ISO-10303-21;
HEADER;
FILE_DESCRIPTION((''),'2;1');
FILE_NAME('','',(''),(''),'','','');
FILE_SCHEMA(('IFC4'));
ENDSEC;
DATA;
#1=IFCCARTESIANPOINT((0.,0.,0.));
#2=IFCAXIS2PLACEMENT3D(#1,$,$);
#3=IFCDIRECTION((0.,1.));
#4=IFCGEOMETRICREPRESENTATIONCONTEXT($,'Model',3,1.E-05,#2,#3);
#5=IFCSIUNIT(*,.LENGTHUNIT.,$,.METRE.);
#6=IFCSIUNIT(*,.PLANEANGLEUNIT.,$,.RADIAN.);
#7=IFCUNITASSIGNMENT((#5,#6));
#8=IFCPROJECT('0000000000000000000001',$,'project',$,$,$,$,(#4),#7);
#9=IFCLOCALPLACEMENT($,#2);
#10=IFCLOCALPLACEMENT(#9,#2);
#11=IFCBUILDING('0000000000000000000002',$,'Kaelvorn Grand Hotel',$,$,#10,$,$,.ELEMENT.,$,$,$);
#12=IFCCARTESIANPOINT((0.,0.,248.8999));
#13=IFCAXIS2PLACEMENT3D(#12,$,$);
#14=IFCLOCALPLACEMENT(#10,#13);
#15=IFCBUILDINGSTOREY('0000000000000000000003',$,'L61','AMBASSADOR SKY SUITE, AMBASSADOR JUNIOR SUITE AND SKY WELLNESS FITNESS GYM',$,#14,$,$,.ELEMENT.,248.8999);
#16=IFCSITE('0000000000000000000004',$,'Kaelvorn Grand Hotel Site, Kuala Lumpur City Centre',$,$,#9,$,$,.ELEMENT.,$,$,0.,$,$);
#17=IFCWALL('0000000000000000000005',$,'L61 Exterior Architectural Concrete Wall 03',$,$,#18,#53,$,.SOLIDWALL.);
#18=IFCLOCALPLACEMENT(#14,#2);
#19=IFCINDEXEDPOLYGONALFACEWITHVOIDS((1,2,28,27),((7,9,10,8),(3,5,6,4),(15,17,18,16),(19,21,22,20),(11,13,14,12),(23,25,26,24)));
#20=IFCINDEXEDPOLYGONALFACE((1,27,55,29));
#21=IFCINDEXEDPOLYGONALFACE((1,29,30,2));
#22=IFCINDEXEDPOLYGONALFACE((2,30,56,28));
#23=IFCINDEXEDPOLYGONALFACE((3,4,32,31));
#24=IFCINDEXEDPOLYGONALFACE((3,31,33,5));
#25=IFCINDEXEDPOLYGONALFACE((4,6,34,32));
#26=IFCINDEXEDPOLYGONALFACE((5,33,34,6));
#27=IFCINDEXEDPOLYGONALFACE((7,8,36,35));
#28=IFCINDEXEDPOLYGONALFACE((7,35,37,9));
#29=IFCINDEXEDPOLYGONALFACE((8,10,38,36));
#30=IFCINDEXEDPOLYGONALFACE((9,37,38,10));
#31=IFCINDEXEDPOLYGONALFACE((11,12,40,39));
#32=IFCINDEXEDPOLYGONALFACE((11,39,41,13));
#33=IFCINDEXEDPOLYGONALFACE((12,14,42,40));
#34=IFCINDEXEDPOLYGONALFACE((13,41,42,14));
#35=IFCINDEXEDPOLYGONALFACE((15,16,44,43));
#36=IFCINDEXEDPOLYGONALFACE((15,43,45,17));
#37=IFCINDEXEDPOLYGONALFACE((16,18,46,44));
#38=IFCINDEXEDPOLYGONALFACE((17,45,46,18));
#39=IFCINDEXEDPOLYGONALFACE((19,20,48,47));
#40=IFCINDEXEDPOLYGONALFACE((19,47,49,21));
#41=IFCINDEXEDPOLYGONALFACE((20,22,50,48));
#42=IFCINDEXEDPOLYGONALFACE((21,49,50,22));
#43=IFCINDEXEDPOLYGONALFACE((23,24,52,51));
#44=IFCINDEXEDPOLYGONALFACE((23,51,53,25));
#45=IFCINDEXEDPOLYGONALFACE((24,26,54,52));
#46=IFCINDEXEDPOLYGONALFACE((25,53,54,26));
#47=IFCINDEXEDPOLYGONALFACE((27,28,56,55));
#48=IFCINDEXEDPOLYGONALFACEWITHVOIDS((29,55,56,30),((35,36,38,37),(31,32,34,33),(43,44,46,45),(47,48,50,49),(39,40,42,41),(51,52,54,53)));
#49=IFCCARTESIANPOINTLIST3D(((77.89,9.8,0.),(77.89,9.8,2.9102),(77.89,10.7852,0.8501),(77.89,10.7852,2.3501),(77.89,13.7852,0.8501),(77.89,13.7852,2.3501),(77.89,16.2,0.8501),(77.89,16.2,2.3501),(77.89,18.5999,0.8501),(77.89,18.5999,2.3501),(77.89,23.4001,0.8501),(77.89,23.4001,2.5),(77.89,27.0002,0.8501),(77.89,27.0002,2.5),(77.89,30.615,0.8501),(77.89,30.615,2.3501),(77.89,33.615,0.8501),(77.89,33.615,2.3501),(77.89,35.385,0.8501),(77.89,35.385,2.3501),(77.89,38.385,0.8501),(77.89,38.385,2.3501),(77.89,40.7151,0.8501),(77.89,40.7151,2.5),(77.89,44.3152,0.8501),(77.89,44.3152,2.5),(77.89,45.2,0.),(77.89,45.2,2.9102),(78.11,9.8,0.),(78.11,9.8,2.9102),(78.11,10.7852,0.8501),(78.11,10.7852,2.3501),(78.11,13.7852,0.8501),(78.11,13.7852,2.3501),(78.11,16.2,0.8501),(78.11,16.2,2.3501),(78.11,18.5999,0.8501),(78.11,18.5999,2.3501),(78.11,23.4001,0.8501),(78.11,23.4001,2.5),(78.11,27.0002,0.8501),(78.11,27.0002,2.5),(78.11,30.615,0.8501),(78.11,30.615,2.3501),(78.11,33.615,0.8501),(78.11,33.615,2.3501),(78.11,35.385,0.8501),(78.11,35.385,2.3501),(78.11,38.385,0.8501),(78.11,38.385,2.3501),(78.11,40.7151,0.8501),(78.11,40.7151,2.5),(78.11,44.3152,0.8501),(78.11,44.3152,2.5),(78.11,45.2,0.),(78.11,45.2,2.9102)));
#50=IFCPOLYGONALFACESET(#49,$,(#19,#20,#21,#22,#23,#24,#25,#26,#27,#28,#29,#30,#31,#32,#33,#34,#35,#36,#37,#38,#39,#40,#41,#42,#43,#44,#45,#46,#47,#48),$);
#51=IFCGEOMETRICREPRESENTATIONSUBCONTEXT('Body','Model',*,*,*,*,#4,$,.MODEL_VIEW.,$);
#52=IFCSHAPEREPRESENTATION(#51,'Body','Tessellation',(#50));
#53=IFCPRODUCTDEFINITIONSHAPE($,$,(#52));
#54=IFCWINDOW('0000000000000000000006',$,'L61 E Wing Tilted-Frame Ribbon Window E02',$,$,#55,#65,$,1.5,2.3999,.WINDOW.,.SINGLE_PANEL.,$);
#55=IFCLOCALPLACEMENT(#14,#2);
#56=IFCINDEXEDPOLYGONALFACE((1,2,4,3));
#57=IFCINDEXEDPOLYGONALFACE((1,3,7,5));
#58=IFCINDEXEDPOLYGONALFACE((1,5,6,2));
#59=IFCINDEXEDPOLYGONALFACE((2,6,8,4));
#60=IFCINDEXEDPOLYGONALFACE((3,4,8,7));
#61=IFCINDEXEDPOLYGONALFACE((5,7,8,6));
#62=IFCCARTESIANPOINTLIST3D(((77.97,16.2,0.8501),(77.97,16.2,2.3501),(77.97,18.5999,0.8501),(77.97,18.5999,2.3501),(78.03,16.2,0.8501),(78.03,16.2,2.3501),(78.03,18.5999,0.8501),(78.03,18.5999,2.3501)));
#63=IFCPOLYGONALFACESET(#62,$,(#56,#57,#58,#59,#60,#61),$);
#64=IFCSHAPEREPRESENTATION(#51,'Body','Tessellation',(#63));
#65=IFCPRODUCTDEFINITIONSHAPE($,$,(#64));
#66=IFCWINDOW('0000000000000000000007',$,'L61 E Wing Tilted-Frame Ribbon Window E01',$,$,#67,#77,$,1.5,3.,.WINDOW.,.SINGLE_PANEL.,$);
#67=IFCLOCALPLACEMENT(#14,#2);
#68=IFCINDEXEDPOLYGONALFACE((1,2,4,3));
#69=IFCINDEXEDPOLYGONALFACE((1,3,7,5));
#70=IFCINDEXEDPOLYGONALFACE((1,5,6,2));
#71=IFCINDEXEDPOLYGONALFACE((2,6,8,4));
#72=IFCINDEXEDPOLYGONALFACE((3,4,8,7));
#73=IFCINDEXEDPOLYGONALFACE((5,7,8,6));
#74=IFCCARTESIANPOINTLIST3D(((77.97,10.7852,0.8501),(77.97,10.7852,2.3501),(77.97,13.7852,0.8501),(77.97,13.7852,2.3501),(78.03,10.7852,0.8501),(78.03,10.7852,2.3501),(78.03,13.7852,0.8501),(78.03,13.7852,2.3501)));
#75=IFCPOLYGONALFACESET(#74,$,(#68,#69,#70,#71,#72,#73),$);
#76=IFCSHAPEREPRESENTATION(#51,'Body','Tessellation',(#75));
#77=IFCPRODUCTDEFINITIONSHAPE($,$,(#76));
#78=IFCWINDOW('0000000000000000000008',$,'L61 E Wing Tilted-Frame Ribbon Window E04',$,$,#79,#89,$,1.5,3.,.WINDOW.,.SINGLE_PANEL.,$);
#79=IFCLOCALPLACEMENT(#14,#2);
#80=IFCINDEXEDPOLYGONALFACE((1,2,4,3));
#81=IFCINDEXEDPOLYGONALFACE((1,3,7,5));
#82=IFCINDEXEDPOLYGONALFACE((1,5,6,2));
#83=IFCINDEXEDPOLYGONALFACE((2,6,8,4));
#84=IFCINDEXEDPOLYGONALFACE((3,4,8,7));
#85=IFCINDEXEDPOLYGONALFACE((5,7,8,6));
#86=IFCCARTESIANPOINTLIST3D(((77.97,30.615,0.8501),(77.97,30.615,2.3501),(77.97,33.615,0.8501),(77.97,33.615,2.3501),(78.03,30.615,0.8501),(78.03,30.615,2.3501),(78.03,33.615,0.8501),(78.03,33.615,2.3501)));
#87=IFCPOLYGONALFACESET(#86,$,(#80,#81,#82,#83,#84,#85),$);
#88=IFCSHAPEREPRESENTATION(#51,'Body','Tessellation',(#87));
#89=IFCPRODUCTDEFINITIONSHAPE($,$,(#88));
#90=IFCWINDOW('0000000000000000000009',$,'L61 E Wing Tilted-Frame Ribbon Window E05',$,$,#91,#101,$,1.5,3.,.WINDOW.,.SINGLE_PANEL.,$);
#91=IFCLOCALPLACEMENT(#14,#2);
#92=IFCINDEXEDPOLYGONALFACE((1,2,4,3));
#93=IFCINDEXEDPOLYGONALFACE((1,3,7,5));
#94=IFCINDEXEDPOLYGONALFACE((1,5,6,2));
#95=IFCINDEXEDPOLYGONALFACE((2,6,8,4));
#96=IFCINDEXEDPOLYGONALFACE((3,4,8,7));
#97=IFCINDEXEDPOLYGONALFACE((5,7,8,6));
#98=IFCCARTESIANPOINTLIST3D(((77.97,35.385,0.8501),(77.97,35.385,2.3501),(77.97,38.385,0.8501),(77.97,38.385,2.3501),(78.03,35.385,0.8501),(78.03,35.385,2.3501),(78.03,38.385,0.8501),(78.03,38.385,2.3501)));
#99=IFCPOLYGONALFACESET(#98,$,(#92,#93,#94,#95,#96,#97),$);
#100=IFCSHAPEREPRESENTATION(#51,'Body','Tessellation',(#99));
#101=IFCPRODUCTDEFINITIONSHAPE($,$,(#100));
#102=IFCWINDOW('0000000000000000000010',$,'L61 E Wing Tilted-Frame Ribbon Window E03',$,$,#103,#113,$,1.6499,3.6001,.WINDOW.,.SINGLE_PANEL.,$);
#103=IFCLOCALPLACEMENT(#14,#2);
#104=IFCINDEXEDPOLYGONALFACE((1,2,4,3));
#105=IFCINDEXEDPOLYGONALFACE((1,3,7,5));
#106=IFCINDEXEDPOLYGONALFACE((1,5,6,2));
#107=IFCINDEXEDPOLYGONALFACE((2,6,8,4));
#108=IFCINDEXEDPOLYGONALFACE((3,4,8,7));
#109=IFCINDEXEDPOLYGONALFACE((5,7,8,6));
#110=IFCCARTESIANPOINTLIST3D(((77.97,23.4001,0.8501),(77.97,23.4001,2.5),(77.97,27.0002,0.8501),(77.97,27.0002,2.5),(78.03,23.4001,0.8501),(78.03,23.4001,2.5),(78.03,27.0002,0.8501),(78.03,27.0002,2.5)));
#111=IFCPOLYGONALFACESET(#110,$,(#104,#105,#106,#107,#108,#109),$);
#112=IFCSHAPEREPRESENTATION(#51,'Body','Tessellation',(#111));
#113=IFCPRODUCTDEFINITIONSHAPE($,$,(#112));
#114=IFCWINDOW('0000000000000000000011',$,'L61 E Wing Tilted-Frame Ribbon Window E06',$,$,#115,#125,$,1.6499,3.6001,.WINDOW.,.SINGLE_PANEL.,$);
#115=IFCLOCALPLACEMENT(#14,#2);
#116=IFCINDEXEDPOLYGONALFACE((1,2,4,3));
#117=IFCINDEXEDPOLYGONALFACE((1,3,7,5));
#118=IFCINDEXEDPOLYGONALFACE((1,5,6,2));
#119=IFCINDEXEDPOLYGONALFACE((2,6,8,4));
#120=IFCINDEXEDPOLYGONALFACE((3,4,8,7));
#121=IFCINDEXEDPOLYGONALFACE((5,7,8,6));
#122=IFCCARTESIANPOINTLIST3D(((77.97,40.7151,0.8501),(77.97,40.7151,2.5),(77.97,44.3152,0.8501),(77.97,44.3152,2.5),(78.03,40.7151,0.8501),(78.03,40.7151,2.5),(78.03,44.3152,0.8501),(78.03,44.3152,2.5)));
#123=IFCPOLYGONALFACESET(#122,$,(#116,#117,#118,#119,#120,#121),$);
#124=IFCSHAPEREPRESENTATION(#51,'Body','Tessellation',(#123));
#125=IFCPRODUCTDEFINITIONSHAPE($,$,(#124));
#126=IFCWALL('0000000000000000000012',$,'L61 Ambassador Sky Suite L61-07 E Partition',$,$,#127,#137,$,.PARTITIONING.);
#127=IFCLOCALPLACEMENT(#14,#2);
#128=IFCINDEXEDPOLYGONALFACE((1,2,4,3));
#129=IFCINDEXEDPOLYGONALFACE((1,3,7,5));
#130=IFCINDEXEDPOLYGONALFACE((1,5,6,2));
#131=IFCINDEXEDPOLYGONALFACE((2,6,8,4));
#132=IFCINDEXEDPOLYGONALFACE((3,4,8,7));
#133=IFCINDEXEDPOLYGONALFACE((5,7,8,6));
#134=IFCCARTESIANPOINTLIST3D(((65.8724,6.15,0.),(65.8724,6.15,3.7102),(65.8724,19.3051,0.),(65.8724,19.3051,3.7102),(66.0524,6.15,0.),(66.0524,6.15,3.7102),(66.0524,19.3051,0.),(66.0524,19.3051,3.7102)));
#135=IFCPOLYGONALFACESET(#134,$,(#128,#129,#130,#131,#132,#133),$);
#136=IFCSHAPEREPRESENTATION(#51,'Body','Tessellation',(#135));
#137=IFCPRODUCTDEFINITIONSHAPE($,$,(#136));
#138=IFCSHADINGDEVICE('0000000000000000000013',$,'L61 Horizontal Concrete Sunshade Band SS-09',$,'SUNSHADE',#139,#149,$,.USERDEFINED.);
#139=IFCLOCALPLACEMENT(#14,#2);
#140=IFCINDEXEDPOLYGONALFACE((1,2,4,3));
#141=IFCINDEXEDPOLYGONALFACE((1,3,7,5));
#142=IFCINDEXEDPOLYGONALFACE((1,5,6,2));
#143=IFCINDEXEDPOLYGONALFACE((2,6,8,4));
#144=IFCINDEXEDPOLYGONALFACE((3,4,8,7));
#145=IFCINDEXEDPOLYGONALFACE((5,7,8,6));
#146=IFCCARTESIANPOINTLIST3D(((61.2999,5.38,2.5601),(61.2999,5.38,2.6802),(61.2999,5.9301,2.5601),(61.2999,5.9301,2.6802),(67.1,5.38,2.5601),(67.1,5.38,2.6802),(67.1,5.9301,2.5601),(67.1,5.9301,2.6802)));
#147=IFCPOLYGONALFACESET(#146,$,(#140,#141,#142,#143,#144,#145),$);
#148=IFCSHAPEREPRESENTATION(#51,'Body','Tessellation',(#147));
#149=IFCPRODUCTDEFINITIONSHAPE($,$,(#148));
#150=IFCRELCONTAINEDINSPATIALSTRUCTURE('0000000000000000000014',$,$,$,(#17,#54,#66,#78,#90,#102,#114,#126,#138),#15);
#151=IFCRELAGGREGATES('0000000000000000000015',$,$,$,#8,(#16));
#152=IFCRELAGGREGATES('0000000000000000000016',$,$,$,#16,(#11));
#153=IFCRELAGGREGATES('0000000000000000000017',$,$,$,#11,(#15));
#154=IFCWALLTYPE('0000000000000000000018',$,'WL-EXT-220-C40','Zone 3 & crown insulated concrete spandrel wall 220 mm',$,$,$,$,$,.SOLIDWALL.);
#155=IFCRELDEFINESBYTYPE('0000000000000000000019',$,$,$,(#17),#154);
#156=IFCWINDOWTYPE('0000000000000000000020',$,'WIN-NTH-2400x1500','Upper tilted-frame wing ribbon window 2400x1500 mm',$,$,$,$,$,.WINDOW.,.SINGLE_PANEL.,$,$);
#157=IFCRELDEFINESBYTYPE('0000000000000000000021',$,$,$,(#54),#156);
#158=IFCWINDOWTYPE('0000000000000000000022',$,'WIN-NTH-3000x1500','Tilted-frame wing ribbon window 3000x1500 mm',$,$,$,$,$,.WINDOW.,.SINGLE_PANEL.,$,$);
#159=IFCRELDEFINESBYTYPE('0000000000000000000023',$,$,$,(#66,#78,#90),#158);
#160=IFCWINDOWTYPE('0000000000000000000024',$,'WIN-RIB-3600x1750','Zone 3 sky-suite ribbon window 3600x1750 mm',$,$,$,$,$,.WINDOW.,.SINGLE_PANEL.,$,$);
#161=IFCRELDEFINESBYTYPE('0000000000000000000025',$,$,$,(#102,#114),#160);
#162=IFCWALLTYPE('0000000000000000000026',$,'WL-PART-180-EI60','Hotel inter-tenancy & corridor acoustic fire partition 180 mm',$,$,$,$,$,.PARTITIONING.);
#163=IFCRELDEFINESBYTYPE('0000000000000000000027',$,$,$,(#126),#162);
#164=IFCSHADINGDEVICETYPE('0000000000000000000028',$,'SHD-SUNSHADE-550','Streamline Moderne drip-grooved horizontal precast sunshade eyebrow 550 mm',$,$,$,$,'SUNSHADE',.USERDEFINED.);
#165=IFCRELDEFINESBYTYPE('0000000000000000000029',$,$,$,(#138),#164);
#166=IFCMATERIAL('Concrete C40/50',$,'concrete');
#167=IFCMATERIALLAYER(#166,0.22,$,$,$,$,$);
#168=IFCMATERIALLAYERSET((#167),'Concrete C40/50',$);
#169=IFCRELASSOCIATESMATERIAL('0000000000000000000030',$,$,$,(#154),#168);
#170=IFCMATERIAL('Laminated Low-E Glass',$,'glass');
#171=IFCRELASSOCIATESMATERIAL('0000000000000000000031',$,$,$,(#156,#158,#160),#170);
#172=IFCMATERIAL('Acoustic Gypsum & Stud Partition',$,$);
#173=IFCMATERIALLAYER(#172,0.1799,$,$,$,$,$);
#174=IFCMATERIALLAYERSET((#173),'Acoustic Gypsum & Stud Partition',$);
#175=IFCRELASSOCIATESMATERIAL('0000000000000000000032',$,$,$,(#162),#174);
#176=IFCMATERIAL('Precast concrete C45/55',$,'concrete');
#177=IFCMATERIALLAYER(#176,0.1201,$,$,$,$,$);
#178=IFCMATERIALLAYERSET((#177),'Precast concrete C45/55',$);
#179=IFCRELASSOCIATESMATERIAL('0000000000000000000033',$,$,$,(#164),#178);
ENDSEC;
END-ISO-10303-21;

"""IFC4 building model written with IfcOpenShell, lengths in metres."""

from ifc_helpers import new_model, si_unit, direction, frame, frame_2d, origin, origin_2d, place, context, subcontext, project, spatial, rectangle, extrude, material, layer, layer_set, type_object, element, fill, save


model = new_model("IFC4")

# Units and contexts
model_context = context("Model", 3, precision=1e-05, world=origin(), true_north=direction((0.0, 1.0)))
body_context = subcontext(model_context, "Body", "Model", "MODEL_VIEW")
ifc_project = project(units=[si_unit("LENGTHUNIT", "METRE"), si_unit("PLANEANGLEUNIT", "RADIAN")], contexts=[model_context])

# Site, building, storey
site_placement = place(None, origin())
site = spatial("IfcSite", under=ifc_project, at=site_placement, Name="Kaelvorn Grand Hotel Site, Kuala Lumpur City Centre", CompositionType="ELEMENT", RefElevation=0.0)
building_placement = place(site_placement, origin())
building = spatial("IfcBuilding", under=site, at=building_placement, Name="Kaelvorn Grand Hotel", CompositionType="ELEMENT")
storey_placement = place(building_placement, frame((0.0, 0.0, 248.8999)))
storey = spatial("IfcBuildingStorey", under=building, at=storey_placement, Name="L61", Description="AMBASSADOR SKY SUITE, AMBASSADOR JUNIOR SUITE AND SKY WELLNESS FITNESS GYM", CompositionType="ELEMENT", Elevation=248.8999)

# Shared definitions
ifc_material_1 = material(Name="Precast concrete C45/55", Category="concrete")

# Shared definitions
ifc_material_2 = material(Name="Concrete C40/50", Category="concrete")
ifc_layer_1 = layer(ifc_material_2, 0.22)
ifc_layer_set_1 = layer_set([ifc_layer_1], Name="Concrete C40/50")
wall_type_1 = type_object("IfcWallType", Name="WL-EXT-220-C40", Description="Zone 3 & crown insulated concrete spandrel wall 220 mm", PredefinedType="SOLIDWALL", material=ifc_layer_set_1)
ifc_material_3 = material(Name="Laminated Low-E Glass", Category="glass")

# Wall, openings, windows
wall_1_placement = place(storey_placement, frame((78.0, 9.8, 0.0), z_axis=(0.0, 0.0, 1.0), x_axis=(0.0, 1.0, 0.0)))
wall_1 = element("IfcWall", 1, at=wall_1_placement, inside=storey, type_object=wall_type_1, Name="L61 Exterior Architectural Concrete Wall 03", PredefinedType="SOLIDWALL", context=body_context, shape_type="SweptSolid", body=[
    extrude(rectangle(XDim=35.3999, YDim=0.22, at=frame_2d((17.7, 0.0))), origin(), (0.0, 0.0, 1.0), 2.9102),
])
opening_1_placement = place(wall_1_placement, frame((0.9851, 0.0, 0.8501)))
opening_1 = element("IfcOpeningElement", 2, at=opening_1_placement, cuts=wall_1, PredefinedType="OPENING", context=body_context, shape_type="SweptSolid", body=[
    extrude(rectangle(XDim=3.0, YDim=1.5, at=frame_2d((1.5, 0.75))), frame((0.0, 0.1201, 0.0), z_axis=(0.0, -1.0, 0.0), x_axis=(1.0, 0.0, 0.0)), (0.0, 0.0, 1.0), 0.24),
])
opening_2_placement = place(wall_1_placement, frame((6.3999, 0.0, 0.8501)))
opening_2 = element("IfcOpeningElement", 3, at=opening_2_placement, cuts=wall_1, PredefinedType="OPENING", context=body_context, shape_type="SweptSolid", body=[
    extrude(rectangle(XDim=2.3999, YDim=1.5, at=frame_2d((1.2, 0.75))), frame((0.0, 0.1201, 0.0), z_axis=(0.0, -1.0, 0.0), x_axis=(1.0, 0.0, 0.0)), (0.0, 0.0, 1.0), 0.24),
])
opening_3_placement = place(wall_1_placement, frame((13.6001, 0.0, 0.8501)))
opening_3 = element("IfcOpeningElement", 4, at=opening_3_placement, cuts=wall_1, PredefinedType="OPENING", context=body_context, shape_type="SweptSolid", body=[
    extrude(rectangle(XDim=3.6001, YDim=1.6499, at=frame_2d((1.8, 0.825))), frame((0.0, 0.1201, 0.0), z_axis=(0.0, -1.0, 0.0), x_axis=(1.0, 0.0, 0.0)), (0.0, 0.0, 1.0), 0.24),
])
opening_4_placement = place(wall_1_placement, frame((20.8149, 0.0, 0.8501)))
opening_4 = element("IfcOpeningElement", 5, at=opening_4_placement, cuts=wall_1, PredefinedType="OPENING", context=body_context, shape_type="SweptSolid", body=[
    extrude(rectangle(XDim=3.0, YDim=1.5, at=frame_2d((1.5, 0.75))), frame((0.0, 0.1201, 0.0), z_axis=(0.0, -1.0, 0.0), x_axis=(1.0, 0.0, 0.0)), (0.0, 0.0, 1.0), 0.24),
])
opening_5_placement = place(wall_1_placement, frame((25.585, 0.0, 0.8501)))
opening_5 = element("IfcOpeningElement", 6, at=opening_5_placement, cuts=wall_1, PredefinedType="OPENING", context=body_context, shape_type="SweptSolid", body=[
    extrude(rectangle(XDim=3.0, YDim=1.5, at=frame_2d((1.5, 0.75))), frame((0.0, 0.1201, 0.0), z_axis=(0.0, -1.0, 0.0), x_axis=(1.0, 0.0, 0.0)), (0.0, 0.0, 1.0), 0.24),
])
opening_6_placement = place(wall_1_placement, frame((30.915, 0.0, 0.8501)))
opening_6 = element("IfcOpeningElement", 7, at=opening_6_placement, cuts=wall_1, PredefinedType="OPENING", context=body_context, shape_type="SweptSolid", body=[
    extrude(rectangle(XDim=3.6001, YDim=1.6499, at=frame_2d((1.8, 0.825))), frame((0.0, 0.1201, 0.0), z_axis=(0.0, -1.0, 0.0), x_axis=(1.0, 0.0, 0.0)), (0.0, 0.0, 1.0), 0.24),
])
window_type_1 = type_object("IfcWindowType", Name="WIN-NTH-2400x1500", Description="Upper tilted-frame wing ribbon window 2400x1500 mm", PartitioningType="SINGLE_PANEL", PredefinedType="WINDOW", material=ifc_material_3)
window_1_placement = place(opening_2_placement, origin())
window_1 = element("IfcWindow", 8, at=window_1_placement, inside=storey, type_object=window_type_1, Name="L61 E Wing Tilted-Frame Ribbon Window E02", OverallHeight=1.5, OverallWidth=2.3999, PartitioningType="SINGLE_PANEL", PredefinedType="WINDOW", context=body_context, shape_type="SweptSolid", body=[
    extrude(rectangle(XDim=2.3999, YDim=1.5, at=frame_2d((1.2, 0.75))), frame((0.0, 0.03, 0.0), z_axis=(0.0, -1.0, 0.0), x_axis=(1.0, 0.0, 0.0)), (0.0, 0.0, 1.0), 0.0601),
])
fill(opening_2, window_1)
window_type_2 = type_object("IfcWindowType", Name="WIN-NTH-3000x1500", Description="Tilted-frame wing ribbon window 3000x1500 mm", PartitioningType="SINGLE_PANEL", PredefinedType="WINDOW", material=ifc_material_3)
window_2_placement = place(opening_1_placement, origin())
window_2 = element("IfcWindow", 9, at=window_2_placement, inside=storey, type_object=window_type_2, Name="L61 E Wing Tilted-Frame Ribbon Window E01", OverallHeight=1.5, OverallWidth=3.0, PartitioningType="SINGLE_PANEL", PredefinedType="WINDOW", context=body_context, shape_type="SweptSolid", body=[
    extrude(rectangle(XDim=3.0, YDim=1.5, at=frame_2d((1.5, 0.75))), frame((0.0, 0.03, 0.0), z_axis=(0.0, -1.0, 0.0), x_axis=(1.0, 0.0, 0.0)), (0.0, 0.0, 1.0), 0.0601),
])
fill(opening_1, window_2)
window_3_placement = place(opening_4_placement, origin())
window_3 = element("IfcWindow", 10, at=window_3_placement, inside=storey, type_object=window_type_2, Name="L61 E Wing Tilted-Frame Ribbon Window E04", OverallHeight=1.5, OverallWidth=3.0, PartitioningType="SINGLE_PANEL", PredefinedType="WINDOW", context=body_context, shape_type="SweptSolid", body=[
    extrude(rectangle(XDim=3.0, YDim=1.5, at=frame_2d((1.5, 0.75))), frame((0.0, 0.03, 0.0), z_axis=(0.0, -1.0, 0.0), x_axis=(1.0, 0.0, 0.0)), (0.0, 0.0, 1.0), 0.0601),
])
fill(opening_4, window_3)
window_4_placement = place(opening_5_placement, origin())
window_4 = element("IfcWindow", 11, at=window_4_placement, inside=storey, type_object=window_type_2, Name="L61 E Wing Tilted-Frame Ribbon Window E05", OverallHeight=1.5, OverallWidth=3.0, PartitioningType="SINGLE_PANEL", PredefinedType="WINDOW", context=body_context, shape_type="SweptSolid", body=[
    extrude(rectangle(XDim=3.0, YDim=1.5, at=frame_2d((1.5, 0.75))), frame((0.0, 0.03, 0.0), z_axis=(0.0, -1.0, 0.0), x_axis=(1.0, 0.0, 0.0)), (0.0, 0.0, 1.0), 0.0601),
])
fill(opening_5, window_4)
window_type_3 = type_object("IfcWindowType", Name="WIN-RIB-3600x1750", Description="Zone 3 sky-suite ribbon window 3600x1750 mm", PartitioningType="SINGLE_PANEL", PredefinedType="WINDOW", material=ifc_material_3)
window_5_placement = place(opening_3_placement, origin())
window_5 = element("IfcWindow", 12, at=window_5_placement, inside=storey, type_object=window_type_3, Name="L61 E Wing Tilted-Frame Ribbon Window E03", OverallHeight=1.6499, OverallWidth=3.6001, PartitioningType="SINGLE_PANEL", PredefinedType="WINDOW", context=body_context, shape_type="SweptSolid", body=[
    extrude(rectangle(XDim=3.6001, YDim=1.6499, at=frame_2d((1.8, 0.825))), frame((0.0, 0.03, 0.0), z_axis=(0.0, -1.0, 0.0), x_axis=(1.0, 0.0, 0.0)), (0.0, 0.0, 1.0), 0.0601),
])
fill(opening_3, window_5)
window_6_placement = place(opening_6_placement, origin())
window_6 = element("IfcWindow", 13, at=window_6_placement, inside=storey, type_object=window_type_3, Name="L61 E Wing Tilted-Frame Ribbon Window E06", OverallHeight=1.6499, OverallWidth=3.6001, PartitioningType="SINGLE_PANEL", PredefinedType="WINDOW", context=body_context, shape_type="SweptSolid", body=[
    extrude(rectangle(XDim=3.6001, YDim=1.6499, at=frame_2d((1.8, 0.825))), frame((0.0, 0.03, 0.0), z_axis=(0.0, -1.0, 0.0), x_axis=(1.0, 0.0, 0.0)), (0.0, 0.0, 1.0), 0.0601),
])
fill(opening_6, window_6)

# Wall
ifc_material_4 = material(Name="Acoustic Gypsum & Stud Partition")
ifc_layer_2 = layer(ifc_material_4, 0.1799)
ifc_layer_set_2 = layer_set([ifc_layer_2], Name="Acoustic Gypsum & Stud Partition")
wall_type_2 = type_object("IfcWallType", Name="WL-PART-180-EI60", Description="Hotel inter-tenancy & corridor acoustic fire partition 180 mm", PredefinedType="PARTITIONING", material=ifc_layer_set_2)
wall_2_placement = place(storey_placement, frame((65.9624, 6.1499, 0.0), z_axis=(0.0, 0.0, 1.0), x_axis=(0.0, 1.0, 0.0)))
element("IfcWall", 14, at=wall_2_placement, inside=storey, type_object=wall_type_2, Name="L61 Ambassador Sky Suite L61-07 E Partition", PredefinedType="PARTITIONING", context=body_context, shape_type="SweptSolid", body=[
    extrude(rectangle(XDim=13.155, YDim=0.1799, at=frame_2d((6.5776, 0.0))), origin(), (0.0, 0.0, 1.0), 3.7102),
])

# Shading device
ifc_layer_3 = layer(ifc_material_1, 0.1201)
ifc_layer_set_3 = layer_set([ifc_layer_3], Name="Precast concrete C45/55")
shading_device_type = type_object("IfcShadingDeviceType", Name="SHD-SUNSHADE-550", Description="Streamline Moderne drip-grooved horizontal precast sunshade eyebrow 550 mm", ElementType="SUNSHADE", PredefinedType="USERDEFINED", material=ifc_layer_set_3)
shading_device_placement = place(storey_placement, frame((64.2, 5.655, 2.5601), z_axis=(0.0, 0.0, 1.0), x_axis=(1.0, 0.0, 0.0)))
element("IfcShadingDevice", 15, at=shading_device_placement, inside=storey, type_object=shading_device_type, Name="L61 Horizontal Concrete Sunshade Band SS-09", ObjectType="SUNSHADE", PredefinedType="USERDEFINED", context=body_context, shape_type="SweptSolid", body=[
    extrude(rectangle(XDim=5.8, YDim=0.55, at=origin_2d()), origin(), (0.0, 0.0, 1.0), 0.1201),
])

save(model, "model.ifc")
